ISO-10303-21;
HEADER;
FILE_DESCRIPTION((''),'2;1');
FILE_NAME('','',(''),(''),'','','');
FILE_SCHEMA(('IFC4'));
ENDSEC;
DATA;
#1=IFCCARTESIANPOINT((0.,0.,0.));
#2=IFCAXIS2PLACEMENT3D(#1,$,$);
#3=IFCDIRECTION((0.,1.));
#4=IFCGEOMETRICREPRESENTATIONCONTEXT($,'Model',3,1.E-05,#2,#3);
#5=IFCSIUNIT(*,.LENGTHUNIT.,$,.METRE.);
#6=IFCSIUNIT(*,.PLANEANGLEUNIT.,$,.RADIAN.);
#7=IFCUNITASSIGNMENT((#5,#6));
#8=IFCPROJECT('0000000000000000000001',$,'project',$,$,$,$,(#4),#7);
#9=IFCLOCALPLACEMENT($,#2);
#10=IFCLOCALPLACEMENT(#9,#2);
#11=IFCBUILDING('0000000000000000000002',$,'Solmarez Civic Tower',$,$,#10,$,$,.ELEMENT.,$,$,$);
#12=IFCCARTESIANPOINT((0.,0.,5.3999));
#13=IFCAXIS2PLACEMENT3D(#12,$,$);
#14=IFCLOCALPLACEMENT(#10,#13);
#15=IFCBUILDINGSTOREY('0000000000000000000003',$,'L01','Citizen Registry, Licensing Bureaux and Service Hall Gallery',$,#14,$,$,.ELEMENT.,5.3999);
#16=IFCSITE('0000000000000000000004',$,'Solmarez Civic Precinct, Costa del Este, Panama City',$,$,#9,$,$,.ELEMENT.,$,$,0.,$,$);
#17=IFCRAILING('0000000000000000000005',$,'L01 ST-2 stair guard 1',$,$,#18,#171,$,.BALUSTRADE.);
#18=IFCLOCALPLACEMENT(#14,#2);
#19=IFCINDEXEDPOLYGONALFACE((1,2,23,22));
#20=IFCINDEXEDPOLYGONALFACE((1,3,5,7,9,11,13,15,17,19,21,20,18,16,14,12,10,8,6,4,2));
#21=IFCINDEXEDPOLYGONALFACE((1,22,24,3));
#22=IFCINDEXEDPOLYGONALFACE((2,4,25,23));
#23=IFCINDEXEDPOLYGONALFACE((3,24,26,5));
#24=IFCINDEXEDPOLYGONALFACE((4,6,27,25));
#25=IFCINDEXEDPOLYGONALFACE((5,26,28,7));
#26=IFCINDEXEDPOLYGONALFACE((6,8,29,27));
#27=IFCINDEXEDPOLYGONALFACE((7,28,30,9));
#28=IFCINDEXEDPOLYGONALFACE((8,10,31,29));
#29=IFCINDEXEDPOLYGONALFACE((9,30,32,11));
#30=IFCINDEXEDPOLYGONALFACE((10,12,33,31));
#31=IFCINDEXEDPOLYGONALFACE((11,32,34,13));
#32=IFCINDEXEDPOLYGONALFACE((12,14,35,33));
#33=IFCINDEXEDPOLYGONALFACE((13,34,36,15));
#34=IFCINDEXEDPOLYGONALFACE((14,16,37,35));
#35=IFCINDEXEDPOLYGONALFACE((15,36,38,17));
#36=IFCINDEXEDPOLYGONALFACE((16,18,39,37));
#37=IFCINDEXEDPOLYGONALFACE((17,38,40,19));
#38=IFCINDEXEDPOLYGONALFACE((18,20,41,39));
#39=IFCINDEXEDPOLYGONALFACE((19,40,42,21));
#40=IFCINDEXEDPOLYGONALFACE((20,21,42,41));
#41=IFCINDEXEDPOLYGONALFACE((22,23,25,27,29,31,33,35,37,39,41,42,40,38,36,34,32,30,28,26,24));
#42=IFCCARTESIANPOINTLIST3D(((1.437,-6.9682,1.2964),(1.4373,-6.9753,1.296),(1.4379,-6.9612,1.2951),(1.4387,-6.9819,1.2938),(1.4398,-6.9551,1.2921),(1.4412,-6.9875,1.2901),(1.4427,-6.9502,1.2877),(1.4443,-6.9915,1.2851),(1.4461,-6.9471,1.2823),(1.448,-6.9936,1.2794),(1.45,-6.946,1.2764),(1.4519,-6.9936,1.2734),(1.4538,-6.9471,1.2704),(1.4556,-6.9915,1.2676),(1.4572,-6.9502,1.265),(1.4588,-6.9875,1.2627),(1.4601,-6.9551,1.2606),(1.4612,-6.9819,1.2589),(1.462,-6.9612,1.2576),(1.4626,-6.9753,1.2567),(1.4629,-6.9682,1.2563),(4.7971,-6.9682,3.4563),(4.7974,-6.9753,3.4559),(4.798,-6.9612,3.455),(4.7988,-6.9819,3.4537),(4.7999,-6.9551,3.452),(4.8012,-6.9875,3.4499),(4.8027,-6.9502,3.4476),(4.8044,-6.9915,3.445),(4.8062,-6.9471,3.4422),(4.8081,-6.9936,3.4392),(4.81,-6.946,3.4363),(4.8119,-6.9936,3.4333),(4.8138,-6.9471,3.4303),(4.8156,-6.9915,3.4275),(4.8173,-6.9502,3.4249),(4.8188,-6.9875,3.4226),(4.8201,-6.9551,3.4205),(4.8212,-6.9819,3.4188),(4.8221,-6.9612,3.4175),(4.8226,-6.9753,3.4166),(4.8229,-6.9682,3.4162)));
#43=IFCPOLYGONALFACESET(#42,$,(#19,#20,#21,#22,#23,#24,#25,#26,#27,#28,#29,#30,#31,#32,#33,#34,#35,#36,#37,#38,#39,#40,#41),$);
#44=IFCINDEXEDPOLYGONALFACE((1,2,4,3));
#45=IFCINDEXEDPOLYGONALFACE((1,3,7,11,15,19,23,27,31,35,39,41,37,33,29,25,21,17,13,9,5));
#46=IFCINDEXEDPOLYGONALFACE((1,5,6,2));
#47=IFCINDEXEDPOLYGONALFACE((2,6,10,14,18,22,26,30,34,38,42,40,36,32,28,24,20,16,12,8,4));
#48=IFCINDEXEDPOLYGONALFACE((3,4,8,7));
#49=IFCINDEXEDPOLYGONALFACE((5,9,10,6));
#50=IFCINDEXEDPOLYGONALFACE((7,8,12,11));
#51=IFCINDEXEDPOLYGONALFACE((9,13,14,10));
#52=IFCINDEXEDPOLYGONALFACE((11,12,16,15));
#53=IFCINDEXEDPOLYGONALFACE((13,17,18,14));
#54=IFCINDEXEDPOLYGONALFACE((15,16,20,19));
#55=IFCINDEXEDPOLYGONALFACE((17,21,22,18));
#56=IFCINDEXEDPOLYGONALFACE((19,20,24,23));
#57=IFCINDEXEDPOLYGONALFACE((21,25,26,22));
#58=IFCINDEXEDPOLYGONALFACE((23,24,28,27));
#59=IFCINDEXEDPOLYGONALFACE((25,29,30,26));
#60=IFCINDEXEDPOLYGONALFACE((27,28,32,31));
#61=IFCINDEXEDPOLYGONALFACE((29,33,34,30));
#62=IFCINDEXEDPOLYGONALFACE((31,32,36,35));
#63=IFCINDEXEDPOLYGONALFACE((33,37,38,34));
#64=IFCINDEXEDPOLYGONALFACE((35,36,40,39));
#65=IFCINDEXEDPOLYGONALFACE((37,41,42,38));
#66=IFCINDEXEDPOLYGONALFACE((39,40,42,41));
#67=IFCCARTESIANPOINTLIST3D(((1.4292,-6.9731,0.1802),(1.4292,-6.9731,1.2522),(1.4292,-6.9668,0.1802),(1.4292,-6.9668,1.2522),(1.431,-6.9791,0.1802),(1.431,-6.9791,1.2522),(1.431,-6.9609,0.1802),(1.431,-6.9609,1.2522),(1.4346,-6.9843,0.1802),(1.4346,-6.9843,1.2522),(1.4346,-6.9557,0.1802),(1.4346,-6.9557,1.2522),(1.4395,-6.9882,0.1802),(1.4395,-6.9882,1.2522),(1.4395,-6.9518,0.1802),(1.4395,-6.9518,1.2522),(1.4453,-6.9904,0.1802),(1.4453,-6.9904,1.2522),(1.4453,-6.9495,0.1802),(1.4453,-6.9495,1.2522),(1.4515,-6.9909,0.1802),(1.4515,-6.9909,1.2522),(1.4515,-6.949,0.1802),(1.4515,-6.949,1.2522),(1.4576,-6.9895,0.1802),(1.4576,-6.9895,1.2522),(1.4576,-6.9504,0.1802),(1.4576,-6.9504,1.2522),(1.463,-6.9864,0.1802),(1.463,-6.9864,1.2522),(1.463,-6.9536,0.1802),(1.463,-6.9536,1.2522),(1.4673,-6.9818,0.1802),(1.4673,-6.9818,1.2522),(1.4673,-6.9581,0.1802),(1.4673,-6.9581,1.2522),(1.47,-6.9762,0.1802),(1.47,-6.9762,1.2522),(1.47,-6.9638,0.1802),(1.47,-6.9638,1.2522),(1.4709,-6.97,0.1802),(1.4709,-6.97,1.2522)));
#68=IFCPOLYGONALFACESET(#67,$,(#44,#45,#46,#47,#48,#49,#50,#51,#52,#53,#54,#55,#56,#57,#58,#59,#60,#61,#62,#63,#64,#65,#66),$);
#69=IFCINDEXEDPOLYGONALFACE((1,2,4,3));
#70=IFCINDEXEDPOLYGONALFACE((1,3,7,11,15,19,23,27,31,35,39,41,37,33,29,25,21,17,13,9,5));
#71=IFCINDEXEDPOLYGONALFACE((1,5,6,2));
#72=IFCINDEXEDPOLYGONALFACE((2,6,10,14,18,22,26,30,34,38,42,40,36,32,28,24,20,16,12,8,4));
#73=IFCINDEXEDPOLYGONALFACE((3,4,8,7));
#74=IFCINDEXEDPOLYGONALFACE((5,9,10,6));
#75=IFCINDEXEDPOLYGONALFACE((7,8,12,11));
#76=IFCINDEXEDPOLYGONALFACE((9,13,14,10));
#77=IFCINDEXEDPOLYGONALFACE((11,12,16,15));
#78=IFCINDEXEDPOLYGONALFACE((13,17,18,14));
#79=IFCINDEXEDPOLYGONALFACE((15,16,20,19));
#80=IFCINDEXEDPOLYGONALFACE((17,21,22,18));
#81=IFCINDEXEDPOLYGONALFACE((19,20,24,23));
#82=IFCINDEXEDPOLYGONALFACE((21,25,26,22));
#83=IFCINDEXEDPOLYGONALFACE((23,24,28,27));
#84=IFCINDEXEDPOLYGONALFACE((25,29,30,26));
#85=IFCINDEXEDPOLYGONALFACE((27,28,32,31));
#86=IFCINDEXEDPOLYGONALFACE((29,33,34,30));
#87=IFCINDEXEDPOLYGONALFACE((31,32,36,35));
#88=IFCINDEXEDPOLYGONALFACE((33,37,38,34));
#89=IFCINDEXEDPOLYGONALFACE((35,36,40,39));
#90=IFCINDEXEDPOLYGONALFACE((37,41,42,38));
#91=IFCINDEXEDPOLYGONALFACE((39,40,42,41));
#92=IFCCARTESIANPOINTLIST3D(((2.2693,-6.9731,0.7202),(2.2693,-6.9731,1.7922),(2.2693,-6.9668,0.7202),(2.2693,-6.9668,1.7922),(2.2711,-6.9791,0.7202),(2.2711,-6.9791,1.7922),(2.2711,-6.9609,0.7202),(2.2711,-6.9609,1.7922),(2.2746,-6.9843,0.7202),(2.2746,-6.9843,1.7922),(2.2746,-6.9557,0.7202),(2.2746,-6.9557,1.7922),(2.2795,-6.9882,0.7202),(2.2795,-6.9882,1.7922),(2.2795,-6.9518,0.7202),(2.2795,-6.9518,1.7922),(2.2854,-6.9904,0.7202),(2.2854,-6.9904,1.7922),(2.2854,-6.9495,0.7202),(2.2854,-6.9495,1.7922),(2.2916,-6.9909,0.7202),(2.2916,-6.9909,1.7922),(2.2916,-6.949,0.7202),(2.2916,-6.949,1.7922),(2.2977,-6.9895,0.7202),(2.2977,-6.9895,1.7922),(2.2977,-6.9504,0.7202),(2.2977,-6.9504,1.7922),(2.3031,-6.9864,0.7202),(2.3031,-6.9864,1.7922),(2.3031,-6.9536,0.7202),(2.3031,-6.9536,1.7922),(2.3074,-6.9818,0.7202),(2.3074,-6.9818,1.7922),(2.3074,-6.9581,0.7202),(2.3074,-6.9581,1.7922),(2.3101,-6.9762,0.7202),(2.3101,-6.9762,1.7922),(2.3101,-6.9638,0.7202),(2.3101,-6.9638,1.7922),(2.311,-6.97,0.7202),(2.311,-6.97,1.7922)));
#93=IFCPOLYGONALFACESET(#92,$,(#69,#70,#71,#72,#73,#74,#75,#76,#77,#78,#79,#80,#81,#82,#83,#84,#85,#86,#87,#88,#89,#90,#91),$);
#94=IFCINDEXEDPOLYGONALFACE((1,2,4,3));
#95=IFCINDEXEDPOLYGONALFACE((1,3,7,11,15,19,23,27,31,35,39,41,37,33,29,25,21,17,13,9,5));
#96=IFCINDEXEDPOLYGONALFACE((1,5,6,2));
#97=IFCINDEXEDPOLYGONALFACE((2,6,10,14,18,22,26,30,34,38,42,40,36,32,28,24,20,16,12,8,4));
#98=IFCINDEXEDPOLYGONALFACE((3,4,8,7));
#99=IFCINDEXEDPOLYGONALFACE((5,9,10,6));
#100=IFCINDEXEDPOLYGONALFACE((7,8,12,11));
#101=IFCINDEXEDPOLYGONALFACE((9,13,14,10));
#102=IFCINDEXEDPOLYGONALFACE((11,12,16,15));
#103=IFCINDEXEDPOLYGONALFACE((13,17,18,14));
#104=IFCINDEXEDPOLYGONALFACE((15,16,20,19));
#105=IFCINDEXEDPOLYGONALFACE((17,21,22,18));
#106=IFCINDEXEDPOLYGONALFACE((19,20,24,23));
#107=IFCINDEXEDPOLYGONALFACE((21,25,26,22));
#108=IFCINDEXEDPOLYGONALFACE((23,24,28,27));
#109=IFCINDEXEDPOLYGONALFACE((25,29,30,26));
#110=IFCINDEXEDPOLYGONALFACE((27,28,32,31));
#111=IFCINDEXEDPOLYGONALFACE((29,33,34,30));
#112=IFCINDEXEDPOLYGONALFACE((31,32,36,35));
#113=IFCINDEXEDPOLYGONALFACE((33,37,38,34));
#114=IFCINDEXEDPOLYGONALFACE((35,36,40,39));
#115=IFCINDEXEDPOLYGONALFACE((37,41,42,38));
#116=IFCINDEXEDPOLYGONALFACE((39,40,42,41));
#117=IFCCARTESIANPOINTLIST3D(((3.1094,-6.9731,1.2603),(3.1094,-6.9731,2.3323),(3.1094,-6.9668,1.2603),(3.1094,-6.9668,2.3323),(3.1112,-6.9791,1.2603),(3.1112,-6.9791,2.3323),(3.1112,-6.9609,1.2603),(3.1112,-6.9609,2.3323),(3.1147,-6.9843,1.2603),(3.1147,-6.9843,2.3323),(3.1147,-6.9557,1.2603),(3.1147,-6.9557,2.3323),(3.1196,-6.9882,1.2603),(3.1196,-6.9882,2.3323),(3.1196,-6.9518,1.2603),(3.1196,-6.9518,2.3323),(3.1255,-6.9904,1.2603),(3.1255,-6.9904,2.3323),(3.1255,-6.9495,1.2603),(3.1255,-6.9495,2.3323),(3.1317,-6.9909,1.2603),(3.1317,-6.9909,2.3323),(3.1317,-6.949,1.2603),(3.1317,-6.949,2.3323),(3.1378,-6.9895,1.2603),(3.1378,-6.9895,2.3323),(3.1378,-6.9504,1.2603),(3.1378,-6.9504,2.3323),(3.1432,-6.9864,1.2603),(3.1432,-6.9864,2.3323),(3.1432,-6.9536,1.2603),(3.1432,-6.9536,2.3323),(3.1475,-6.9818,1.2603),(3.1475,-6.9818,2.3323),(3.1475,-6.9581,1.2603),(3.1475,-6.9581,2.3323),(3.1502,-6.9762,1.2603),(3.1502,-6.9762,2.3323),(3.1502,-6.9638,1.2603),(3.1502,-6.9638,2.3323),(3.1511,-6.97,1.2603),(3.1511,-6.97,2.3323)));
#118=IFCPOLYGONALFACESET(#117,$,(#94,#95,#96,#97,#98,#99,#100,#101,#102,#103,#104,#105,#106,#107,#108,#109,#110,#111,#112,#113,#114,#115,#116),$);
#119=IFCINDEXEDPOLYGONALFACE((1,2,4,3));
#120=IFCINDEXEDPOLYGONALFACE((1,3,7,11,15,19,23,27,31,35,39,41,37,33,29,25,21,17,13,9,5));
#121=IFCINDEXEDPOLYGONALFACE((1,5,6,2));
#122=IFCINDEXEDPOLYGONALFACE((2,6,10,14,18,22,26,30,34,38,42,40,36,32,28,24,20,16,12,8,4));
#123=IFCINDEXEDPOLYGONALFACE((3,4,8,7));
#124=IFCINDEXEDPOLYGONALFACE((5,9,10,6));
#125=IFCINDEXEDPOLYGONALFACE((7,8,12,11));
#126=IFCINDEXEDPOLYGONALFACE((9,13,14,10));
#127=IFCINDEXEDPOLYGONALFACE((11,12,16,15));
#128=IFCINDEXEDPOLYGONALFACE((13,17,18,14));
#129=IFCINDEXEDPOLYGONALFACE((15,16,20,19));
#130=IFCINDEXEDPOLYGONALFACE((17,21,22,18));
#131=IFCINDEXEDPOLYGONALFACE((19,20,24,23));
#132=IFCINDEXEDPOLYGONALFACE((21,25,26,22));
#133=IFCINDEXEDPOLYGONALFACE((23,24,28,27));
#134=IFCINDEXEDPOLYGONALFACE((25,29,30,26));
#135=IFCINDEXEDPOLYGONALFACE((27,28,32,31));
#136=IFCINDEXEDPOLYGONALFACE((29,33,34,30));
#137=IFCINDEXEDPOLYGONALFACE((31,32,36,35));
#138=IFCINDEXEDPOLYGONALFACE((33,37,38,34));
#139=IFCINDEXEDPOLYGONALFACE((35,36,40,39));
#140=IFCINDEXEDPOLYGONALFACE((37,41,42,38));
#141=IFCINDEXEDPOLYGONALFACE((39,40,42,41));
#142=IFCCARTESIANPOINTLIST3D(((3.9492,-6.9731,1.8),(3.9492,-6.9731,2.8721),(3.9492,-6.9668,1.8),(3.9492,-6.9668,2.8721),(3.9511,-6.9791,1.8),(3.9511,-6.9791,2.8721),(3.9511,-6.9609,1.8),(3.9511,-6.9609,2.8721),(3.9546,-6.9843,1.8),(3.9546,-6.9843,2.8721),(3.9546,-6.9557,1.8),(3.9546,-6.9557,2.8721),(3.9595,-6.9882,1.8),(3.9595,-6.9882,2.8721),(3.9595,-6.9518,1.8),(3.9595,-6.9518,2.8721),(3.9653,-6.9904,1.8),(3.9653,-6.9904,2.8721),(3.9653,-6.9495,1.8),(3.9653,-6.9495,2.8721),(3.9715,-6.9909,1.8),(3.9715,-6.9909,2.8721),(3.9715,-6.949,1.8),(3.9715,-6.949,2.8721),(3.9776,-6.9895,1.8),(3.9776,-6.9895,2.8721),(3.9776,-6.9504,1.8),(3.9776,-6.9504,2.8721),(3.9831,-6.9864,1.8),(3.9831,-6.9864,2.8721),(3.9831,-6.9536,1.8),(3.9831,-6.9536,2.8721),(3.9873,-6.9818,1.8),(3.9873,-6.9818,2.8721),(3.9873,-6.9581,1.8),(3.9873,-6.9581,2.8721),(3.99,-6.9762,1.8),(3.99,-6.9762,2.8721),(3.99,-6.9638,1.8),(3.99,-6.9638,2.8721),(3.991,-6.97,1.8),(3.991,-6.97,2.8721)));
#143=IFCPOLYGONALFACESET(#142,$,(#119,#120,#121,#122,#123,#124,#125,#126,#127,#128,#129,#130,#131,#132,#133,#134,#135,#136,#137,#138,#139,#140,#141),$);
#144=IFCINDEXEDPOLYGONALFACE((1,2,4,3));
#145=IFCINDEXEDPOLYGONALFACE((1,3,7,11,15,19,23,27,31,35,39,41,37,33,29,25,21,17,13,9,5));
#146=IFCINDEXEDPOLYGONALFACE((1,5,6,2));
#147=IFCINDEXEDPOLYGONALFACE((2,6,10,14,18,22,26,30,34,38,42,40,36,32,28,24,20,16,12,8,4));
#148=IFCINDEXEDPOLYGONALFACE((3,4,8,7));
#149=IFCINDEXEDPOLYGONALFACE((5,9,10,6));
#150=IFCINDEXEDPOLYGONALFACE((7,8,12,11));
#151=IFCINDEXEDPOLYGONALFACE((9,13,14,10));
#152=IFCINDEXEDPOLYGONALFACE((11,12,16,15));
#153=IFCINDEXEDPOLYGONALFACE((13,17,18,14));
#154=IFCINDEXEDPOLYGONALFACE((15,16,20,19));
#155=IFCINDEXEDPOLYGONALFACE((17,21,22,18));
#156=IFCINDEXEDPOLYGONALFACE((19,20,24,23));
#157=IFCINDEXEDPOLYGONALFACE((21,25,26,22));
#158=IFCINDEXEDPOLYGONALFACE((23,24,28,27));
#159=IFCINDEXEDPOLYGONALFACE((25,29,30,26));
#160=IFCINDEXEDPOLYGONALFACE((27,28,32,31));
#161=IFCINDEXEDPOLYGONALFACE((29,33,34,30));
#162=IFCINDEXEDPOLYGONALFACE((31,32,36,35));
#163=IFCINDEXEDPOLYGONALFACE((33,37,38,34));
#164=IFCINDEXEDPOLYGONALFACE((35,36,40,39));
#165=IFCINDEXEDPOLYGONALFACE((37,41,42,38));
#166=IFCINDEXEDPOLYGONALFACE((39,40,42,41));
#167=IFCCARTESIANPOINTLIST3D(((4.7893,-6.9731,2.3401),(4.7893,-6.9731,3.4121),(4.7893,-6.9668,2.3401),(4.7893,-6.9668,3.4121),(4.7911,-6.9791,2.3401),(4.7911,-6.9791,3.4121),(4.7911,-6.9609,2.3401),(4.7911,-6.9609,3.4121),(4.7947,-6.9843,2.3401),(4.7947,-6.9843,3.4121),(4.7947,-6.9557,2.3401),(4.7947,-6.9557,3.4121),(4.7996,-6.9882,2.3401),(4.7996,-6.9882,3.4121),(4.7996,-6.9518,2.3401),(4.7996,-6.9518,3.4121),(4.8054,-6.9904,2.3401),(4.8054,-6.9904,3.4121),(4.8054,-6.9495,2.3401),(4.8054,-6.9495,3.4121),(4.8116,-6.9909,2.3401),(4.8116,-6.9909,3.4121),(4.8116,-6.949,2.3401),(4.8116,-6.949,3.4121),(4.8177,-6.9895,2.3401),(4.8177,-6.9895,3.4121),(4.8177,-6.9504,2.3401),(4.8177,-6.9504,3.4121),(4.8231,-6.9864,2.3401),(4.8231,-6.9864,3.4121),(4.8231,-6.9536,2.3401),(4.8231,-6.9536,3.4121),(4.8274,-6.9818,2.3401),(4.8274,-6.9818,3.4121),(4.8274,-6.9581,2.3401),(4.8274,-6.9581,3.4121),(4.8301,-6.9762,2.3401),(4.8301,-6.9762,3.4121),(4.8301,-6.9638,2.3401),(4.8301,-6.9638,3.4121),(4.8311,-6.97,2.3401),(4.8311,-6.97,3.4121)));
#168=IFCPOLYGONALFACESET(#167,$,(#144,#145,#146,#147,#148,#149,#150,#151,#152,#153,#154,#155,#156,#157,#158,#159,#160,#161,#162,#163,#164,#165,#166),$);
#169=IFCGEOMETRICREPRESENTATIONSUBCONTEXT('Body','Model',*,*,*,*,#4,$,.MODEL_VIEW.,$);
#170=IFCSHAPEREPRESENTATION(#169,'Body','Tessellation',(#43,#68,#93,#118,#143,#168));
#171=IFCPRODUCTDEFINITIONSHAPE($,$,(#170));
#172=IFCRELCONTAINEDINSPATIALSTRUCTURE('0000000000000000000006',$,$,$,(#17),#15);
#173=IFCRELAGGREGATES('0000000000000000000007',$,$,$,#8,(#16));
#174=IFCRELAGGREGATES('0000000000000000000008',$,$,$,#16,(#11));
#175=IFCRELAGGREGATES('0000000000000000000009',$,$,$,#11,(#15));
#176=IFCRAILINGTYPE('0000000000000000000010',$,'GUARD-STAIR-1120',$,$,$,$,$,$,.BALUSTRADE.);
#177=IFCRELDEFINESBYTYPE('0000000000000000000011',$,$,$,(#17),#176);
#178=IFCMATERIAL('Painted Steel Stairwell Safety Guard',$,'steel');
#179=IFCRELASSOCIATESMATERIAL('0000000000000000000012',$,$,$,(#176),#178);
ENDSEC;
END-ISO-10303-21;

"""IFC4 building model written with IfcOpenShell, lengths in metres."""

from ifc_helpers import new_model, si_unit, direction, frame, origin, origin_2d, place, context, subcontext, project, spatial, circle, extrude, material, type_object, element, save


model = new_model("IFC4")

# Units and contexts
model_context = context("Model", 3, precision=1e-05, world=origin(), true_north=direction((0.0, 1.0)))
body_context = subcontext(model_context, "Body", "Model", "MODEL_VIEW")
ifc_project = project(units=[si_unit("LENGTHUNIT", "METRE"), si_unit("PLANEANGLEUNIT", "RADIAN")], contexts=[model_context])

# Site, building, storey
site_placement = place(None, origin())
site = spatial("IfcSite", under=ifc_project, at=site_placement, Name="Solmarez Civic Precinct, Costa del Este, Panama City", CompositionType="ELEMENT", RefElevation=0.0)
building_placement = place(site_placement, origin())
building = spatial("IfcBuilding", under=site, at=building_placement, Name="Solmarez Civic Tower", CompositionType="ELEMENT")
storey_placement = place(building_placement, frame((0.0, 0.0, 5.3999)))
storey = spatial("IfcBuildingStorey", under=building, at=storey_placement, Name="L01", Description="Citizen Registry, Licensing Bureaux and Service Hall Gallery", CompositionType="ELEMENT", Elevation=5.3999)

# Railing
ifc_material_1 = material(Name="Painted Steel Stairwell Safety Guard", Category="steel")
railing_type_1 = type_object("IfcRailingType", Name="GUARD-STAIR-1120", PredefinedType="BALUSTRADE", material=ifc_material_1)
railing_1_placement = place(storey_placement, frame((1.45, -6.97, 0.1802)))
element("IfcRailing", 1, at=railing_1_placement, inside=storey, type_object=railing_type_1, Name="L01 ST-2 stair guard 1", PredefinedType="BALUSTRADE", context=body_context, shape_type="SweptSolid", body=[
    extrude(circle(Radius=0.0239, at=origin_2d()), frame((0.0, 0.0, 1.0962), z_axis=(0.841196, 0.0, 0.54073), x_axis=(0.0, 1.0, 0.0)), (0.0, 0.0, 1.0), 3.9944),
    extrude(circle(Radius=0.021, at=origin_2d()), origin(), (0.0, 0.0, 1.0), 1.072),
    extrude(circle(Radius=0.021, at=origin_2d()), frame((0.8401, 0.0, 0.54)), (0.0, 0.0, 1.0), 1.072),
    extrude(circle(Radius=0.021, at=origin_2d()), frame((1.6802, 0.0, 1.0801)), (0.0, 0.0, 1.0), 1.072),
    extrude(circle(Radius=0.021, at=origin_2d()), frame((2.52, 0.0, 1.6199)), (0.0, 0.0, 1.0), 1.072),
    extrude(circle(Radius=0.021, at=origin_2d()), frame((3.3601, 0.0, 2.1599)), (0.0, 0.0, 1.0), 1.072),
])

save(model, "model.ifc")
